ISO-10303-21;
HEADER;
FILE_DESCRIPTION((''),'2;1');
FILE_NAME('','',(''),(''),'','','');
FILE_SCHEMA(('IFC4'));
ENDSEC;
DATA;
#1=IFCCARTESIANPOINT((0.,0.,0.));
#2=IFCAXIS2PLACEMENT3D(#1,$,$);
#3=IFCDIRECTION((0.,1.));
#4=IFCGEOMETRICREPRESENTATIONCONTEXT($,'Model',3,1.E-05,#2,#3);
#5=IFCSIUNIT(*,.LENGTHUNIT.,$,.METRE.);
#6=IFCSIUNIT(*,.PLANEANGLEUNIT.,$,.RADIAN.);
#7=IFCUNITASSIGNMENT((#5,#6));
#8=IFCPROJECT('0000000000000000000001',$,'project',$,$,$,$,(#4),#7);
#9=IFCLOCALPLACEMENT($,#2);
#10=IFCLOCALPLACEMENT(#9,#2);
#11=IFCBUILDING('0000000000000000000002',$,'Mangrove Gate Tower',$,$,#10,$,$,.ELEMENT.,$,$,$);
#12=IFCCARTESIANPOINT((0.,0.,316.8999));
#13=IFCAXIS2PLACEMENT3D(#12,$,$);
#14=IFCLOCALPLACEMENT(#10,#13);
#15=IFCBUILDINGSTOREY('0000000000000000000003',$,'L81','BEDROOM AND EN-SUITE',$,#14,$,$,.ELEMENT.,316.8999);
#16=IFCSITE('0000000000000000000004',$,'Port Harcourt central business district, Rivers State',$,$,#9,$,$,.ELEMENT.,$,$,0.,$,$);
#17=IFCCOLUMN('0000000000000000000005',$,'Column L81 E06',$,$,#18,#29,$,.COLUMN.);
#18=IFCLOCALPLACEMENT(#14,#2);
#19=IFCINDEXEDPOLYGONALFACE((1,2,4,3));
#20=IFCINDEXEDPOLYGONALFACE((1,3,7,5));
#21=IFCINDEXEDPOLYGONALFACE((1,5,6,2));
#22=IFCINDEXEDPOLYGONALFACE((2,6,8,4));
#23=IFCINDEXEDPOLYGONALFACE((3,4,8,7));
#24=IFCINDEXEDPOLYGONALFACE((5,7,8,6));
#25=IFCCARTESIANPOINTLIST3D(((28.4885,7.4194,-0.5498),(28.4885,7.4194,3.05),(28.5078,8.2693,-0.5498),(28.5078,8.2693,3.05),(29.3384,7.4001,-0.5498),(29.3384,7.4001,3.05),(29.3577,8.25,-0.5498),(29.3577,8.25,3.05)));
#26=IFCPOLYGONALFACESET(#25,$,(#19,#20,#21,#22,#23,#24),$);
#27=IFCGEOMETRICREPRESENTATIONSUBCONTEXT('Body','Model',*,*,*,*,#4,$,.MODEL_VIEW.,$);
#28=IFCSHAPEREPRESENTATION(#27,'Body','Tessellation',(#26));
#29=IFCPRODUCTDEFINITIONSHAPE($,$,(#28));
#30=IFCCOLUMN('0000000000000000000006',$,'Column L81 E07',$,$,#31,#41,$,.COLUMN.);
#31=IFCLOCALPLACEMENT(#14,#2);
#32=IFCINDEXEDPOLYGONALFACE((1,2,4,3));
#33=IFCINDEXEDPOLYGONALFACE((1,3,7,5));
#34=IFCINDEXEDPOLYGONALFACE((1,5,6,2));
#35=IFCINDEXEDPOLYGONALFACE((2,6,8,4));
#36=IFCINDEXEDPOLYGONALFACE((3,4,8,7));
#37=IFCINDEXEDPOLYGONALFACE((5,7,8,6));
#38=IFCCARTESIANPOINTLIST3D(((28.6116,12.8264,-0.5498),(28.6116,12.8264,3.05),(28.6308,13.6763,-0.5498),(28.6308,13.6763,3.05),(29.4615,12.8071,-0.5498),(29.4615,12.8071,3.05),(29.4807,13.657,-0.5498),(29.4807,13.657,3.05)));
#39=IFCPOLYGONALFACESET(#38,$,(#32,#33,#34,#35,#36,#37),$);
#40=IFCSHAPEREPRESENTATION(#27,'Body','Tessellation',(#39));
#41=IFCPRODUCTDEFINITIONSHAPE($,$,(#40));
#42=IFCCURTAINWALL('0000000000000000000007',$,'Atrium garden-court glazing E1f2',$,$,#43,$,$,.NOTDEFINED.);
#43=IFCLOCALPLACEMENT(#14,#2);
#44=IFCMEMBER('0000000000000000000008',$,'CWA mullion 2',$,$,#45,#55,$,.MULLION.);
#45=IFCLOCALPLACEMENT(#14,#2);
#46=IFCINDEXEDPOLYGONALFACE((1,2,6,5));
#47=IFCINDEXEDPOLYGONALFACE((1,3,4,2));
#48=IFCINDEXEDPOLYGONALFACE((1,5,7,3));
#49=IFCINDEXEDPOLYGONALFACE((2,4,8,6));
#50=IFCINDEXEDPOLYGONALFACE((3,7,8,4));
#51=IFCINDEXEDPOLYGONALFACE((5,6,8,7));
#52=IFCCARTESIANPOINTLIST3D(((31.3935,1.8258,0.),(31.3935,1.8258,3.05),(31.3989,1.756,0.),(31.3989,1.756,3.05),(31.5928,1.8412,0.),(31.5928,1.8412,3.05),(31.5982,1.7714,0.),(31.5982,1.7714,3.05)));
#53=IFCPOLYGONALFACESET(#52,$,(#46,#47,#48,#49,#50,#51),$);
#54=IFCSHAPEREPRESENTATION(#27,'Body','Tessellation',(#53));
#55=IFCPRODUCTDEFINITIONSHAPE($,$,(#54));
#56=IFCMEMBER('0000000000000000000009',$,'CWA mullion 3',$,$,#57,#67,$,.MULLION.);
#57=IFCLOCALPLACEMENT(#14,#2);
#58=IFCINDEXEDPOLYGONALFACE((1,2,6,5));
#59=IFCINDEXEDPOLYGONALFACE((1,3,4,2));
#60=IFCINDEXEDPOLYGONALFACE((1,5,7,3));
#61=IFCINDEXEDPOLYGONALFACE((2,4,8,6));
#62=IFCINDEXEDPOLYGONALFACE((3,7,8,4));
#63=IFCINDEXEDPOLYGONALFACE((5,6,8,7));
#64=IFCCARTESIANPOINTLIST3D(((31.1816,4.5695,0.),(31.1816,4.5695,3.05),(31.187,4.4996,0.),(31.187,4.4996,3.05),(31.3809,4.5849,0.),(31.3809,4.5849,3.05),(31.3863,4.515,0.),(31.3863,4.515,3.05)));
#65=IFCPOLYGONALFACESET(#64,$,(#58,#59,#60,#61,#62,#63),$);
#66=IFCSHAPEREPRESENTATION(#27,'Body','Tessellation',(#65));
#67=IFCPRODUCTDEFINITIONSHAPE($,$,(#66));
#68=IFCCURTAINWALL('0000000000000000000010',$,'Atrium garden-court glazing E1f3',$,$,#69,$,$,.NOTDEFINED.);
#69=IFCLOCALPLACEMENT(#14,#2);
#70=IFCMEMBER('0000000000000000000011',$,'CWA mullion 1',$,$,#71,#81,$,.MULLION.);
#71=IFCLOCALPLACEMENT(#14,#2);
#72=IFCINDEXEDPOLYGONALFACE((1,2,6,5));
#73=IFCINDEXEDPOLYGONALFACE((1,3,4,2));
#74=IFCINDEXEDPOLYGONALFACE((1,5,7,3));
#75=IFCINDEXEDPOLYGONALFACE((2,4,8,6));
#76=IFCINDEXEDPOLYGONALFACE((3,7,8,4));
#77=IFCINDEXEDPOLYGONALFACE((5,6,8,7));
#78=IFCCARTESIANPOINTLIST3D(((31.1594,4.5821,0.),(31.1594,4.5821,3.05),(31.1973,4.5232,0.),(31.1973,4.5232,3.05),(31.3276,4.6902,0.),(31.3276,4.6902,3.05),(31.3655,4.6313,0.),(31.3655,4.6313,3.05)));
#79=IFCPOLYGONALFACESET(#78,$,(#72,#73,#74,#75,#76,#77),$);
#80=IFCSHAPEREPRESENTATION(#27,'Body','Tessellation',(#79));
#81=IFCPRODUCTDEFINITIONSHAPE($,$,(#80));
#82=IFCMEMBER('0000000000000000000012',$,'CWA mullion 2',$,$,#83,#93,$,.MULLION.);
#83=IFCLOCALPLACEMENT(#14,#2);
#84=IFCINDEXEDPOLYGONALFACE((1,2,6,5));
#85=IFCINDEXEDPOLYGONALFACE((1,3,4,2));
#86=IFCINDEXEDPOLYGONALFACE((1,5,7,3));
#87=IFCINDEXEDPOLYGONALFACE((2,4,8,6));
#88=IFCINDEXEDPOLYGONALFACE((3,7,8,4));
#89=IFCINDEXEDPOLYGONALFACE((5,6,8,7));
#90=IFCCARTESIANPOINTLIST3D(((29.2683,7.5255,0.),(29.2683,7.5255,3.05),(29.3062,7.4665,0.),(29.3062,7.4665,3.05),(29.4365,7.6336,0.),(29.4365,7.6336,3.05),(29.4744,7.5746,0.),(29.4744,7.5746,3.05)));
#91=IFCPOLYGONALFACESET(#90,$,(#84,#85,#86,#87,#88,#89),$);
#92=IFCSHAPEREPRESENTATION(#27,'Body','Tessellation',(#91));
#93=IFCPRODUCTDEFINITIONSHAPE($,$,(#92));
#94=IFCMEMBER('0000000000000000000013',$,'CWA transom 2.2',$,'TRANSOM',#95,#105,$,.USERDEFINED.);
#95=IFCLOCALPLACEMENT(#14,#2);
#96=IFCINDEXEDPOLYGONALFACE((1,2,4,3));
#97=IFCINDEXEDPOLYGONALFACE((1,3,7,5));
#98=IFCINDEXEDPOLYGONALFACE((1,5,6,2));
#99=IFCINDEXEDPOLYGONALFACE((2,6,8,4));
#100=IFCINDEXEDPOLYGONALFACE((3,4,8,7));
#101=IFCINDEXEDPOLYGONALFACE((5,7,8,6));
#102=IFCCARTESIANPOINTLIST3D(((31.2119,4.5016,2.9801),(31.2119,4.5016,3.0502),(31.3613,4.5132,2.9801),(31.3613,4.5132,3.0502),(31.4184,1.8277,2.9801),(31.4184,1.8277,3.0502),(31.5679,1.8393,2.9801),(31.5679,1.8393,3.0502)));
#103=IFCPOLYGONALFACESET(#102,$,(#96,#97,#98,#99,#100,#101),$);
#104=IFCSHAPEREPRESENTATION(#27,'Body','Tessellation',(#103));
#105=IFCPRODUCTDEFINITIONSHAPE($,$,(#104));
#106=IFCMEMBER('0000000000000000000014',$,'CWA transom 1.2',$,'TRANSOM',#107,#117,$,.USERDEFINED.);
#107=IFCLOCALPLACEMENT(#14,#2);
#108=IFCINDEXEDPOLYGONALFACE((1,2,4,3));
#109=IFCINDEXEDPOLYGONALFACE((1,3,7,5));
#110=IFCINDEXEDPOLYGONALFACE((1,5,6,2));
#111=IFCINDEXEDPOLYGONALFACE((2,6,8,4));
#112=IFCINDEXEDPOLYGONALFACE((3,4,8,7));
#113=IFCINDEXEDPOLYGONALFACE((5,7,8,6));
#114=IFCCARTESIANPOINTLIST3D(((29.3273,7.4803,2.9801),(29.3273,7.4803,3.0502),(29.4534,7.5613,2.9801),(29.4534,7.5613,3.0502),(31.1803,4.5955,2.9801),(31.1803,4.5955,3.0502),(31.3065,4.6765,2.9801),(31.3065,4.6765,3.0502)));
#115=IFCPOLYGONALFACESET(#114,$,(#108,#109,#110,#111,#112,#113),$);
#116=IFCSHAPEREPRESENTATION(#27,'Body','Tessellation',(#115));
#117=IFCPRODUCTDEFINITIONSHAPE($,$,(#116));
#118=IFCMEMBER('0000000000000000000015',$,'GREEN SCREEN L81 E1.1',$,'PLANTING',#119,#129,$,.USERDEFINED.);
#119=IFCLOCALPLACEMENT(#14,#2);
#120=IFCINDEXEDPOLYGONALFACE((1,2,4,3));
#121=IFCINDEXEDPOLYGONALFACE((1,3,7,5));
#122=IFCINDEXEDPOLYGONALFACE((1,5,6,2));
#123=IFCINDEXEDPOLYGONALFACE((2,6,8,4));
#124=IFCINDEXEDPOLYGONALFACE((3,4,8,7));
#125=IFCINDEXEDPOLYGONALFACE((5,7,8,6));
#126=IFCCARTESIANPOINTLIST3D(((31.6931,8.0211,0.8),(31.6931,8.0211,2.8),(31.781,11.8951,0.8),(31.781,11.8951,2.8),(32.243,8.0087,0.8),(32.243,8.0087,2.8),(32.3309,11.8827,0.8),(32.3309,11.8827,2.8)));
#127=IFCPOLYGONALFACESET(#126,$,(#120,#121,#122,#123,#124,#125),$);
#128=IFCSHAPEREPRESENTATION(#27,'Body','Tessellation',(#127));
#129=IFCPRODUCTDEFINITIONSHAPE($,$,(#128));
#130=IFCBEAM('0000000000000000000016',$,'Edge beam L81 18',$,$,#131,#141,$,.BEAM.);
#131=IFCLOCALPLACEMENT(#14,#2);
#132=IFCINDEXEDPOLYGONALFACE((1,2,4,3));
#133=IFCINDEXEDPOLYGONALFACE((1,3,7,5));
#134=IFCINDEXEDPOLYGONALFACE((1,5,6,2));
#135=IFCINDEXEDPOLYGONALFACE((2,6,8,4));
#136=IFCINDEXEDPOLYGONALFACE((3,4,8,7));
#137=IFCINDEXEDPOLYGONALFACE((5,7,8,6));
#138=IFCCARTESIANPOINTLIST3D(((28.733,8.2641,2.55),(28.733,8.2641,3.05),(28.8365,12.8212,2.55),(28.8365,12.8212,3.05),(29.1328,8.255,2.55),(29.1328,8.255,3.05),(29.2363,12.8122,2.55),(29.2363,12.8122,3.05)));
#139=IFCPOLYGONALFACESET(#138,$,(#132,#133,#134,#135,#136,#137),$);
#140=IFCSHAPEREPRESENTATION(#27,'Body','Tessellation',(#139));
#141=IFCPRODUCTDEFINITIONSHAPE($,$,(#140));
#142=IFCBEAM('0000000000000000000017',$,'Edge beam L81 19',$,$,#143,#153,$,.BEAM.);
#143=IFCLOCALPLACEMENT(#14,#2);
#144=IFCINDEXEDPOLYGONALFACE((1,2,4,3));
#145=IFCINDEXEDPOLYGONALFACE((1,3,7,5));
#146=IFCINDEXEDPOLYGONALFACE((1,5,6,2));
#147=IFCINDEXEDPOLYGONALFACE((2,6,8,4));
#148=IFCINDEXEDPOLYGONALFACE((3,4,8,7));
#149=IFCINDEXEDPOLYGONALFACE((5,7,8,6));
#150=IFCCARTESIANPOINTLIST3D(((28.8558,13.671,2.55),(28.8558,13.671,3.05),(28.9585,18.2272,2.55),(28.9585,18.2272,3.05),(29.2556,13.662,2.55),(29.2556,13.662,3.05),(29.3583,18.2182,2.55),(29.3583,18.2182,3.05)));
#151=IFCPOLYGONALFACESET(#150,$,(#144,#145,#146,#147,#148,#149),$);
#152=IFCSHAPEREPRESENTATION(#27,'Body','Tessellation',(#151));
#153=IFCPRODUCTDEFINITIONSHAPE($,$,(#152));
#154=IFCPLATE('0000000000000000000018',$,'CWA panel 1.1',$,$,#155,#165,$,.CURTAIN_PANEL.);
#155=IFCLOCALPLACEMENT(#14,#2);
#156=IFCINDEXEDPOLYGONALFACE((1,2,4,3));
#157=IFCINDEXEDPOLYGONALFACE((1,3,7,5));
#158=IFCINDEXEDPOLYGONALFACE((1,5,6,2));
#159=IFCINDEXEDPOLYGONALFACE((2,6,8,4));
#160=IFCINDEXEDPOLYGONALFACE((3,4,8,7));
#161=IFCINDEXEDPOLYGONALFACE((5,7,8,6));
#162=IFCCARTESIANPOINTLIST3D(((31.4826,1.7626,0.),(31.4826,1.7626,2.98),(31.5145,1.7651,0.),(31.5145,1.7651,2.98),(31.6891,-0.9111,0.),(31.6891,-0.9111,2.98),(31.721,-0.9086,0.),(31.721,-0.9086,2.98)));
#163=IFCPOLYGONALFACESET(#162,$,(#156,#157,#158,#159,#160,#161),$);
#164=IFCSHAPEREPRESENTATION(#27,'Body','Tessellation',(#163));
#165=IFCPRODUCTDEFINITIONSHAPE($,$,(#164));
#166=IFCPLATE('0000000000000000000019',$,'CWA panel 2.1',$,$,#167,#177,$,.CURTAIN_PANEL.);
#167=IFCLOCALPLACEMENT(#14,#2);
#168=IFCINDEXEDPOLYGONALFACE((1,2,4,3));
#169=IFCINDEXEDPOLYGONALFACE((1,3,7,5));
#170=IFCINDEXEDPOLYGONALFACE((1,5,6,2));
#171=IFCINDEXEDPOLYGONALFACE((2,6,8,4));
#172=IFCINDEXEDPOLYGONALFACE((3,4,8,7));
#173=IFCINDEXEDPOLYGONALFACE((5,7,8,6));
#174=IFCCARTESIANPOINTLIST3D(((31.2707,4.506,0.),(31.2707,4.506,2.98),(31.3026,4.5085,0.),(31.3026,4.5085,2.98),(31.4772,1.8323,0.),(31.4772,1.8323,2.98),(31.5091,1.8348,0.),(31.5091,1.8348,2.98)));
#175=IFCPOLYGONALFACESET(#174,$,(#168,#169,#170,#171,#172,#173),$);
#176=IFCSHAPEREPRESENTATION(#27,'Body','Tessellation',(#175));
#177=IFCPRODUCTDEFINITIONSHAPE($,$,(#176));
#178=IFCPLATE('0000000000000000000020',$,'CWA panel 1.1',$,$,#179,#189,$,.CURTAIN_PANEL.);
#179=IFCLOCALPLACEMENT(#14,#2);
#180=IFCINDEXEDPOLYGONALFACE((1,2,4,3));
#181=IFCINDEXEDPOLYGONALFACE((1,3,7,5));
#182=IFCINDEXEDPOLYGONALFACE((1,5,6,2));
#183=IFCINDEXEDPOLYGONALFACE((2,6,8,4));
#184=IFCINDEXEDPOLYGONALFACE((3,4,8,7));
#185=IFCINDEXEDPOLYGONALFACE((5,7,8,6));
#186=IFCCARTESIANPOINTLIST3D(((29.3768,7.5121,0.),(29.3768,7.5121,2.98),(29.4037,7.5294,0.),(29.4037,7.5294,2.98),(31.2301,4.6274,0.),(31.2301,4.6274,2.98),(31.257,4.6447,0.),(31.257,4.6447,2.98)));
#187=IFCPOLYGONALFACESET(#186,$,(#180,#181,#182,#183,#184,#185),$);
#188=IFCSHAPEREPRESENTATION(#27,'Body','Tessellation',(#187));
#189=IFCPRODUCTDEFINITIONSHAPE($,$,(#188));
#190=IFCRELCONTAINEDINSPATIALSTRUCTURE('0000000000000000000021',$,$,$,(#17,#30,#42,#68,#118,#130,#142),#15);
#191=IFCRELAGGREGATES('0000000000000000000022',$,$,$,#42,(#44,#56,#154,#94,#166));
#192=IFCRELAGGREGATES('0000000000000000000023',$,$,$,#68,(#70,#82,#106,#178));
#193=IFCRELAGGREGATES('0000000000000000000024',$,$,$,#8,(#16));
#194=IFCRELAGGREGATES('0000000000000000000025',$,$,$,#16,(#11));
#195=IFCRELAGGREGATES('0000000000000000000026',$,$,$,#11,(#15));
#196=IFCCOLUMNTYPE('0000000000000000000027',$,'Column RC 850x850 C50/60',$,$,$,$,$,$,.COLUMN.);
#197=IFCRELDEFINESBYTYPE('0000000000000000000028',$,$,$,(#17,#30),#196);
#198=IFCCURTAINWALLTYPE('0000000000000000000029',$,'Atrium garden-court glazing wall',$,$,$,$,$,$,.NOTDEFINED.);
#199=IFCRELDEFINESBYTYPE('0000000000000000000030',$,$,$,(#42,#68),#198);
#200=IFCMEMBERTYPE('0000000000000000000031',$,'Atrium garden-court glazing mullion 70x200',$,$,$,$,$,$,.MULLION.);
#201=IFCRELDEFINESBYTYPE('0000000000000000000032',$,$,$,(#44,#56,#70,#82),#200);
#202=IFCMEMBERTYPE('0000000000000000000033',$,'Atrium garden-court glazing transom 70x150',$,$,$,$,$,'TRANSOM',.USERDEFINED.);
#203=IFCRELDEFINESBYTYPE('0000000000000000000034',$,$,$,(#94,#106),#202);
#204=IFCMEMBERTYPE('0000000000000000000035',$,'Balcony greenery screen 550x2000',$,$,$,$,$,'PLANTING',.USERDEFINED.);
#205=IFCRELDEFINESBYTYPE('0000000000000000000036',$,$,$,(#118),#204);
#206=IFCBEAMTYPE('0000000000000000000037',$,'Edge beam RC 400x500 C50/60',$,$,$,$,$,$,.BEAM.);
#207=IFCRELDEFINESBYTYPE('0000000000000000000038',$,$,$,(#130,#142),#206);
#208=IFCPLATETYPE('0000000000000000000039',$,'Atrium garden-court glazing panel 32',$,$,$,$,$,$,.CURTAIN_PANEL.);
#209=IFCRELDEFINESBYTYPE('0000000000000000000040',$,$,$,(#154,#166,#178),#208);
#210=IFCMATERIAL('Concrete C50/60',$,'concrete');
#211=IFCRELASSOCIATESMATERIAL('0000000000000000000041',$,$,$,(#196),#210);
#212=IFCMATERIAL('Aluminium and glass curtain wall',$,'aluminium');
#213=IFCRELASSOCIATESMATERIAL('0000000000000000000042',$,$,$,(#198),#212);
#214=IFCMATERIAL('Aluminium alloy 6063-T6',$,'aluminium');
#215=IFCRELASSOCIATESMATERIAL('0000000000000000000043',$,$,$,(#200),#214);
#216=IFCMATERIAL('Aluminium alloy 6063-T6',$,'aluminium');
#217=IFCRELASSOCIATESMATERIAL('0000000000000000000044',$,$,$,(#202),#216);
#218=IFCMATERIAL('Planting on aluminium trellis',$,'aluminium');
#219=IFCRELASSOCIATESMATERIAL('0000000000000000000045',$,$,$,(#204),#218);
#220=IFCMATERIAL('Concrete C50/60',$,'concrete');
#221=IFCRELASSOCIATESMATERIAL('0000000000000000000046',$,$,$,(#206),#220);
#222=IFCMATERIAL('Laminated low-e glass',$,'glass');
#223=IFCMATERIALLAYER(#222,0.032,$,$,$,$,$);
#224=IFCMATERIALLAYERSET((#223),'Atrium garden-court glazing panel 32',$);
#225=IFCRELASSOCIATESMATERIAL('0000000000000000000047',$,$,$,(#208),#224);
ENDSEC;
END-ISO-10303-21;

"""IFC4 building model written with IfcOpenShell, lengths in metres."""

from ifc_helpers import new_model, si_unit, direction, frame, origin, origin_2d, place, context, subcontext, project, spatial, rectangle, extrude, material, layer, layer_set, material_profile, profile_set, type_object, element, aggregate, save


model = new_model("IFC4")

# Units and contexts
model_context = context("Model", 3, precision=1e-05, world=origin(), true_north=direction((0.0, 1.0)))
body_context = subcontext(model_context, "Body", "Model", "MODEL_VIEW")
ifc_project = project(units=[si_unit("LENGTHUNIT", "METRE"), si_unit("PLANEANGLEUNIT", "RADIAN")], contexts=[model_context])

# Site, building, storey
site_placement = place(None, origin())
site = spatial("IfcSite", under=ifc_project, at=site_placement, Name="Port Harcourt central business district, Rivers State", CompositionType="ELEMENT", RefElevation=0.0)
building_placement = place(site_placement, origin())
building = spatial("IfcBuilding", under=site, at=building_placement, Name="Mangrove Gate Tower", CompositionType="ELEMENT")
storey_placement = place(building_placement, frame((0.0, 0.0, 316.8999)))
storey = spatial("IfcBuildingStorey", under=building, at=storey_placement, Name="L81", Description="BEDROOM AND EN-SUITE", CompositionType="ELEMENT", Elevation=316.8999)

# Columns
ifc_material_1 = material(Name="Concrete C50/60", Category="concrete")
ifc_material_profile_1 = material_profile(ifc_material_1, rectangle(XDim=0.8501, YDim=0.8501, at=origin_2d()))
ifc_profile_set_1 = profile_set([ifc_material_profile_1], Name="Concrete C50/60")
column_type = type_object("IfcColumnType", Name="Column RC 850x850 C50/60", PredefinedType="COLUMN", material=ifc_profile_set_1)
for number, where, z_axis, x_axis, name in (
    (1, (28.9231, 7.8347, -0.5498), (0.0, 0.0, 1.0), (0.022705, 0.999742, 0.0), "Column L81 E06"),
    (2, (29.0461, 13.2417, -0.5498), (0.0, 0.0, 1.0), (0.022652, 0.999743, 0.0), "Column L81 E07"),
):
    element("IfcColumn", number, at=place(storey_placement, frame(where, z_axis=z_axis, x_axis=x_axis)), inside=storey, type_object=column_type, Name=name, PredefinedType="COLUMN", context=body_context, shape_type="SweptSolid", body=[
        extrude(rectangle(XDim=0.8501, YDim=0.8501, at=origin_2d()), origin(), (0.0, 0.0, 1.0), 3.5999),
    ])

# Curtain walls, members
ifc_material_2 = material(Name="Aluminium and glass curtain wall", Category="aluminium")
curtain_wall_type = type_object("IfcCurtainWallType", Name="Atrium garden-court glazing wall", PredefinedType="NOTDEFINED", material=ifc_material_2)
curtain_wall_1_placement = place(storey_placement, origin())
curtain_wall_1 = element("IfcCurtainWall", 3, at=curtain_wall_1_placement, inside=storey, type_object=curtain_wall_type, Name="Atrium garden-court glazing E1f2", PredefinedType="NOTDEFINED")
ifc_material_3 = material(Name="Aluminium alloy 6063-T6", Category="aluminium")
ifc_material_profile_2 = material_profile(ifc_material_3, rectangle(XDim=0.0701, YDim=0.2, at=origin_2d()))
ifc_profile_set_2 = profile_set([ifc_material_profile_2], Name="Aluminium alloy 6063-T6")
member_type_1 = type_object("IfcMemberType", Name="Atrium garden-court glazing mullion 70x200", PredefinedType="MULLION", material=ifc_profile_set_2)
member_1_placement = place(storey_placement, frame((31.4958, 1.7986, 0.0), z_axis=(0.0, 0.0, 1.0), x_axis=(-0.077023, 0.997029, 0.0)))
member_1 = element("IfcMember", 4, at=member_1_placement, type_object=member_type_1, Name="CWA mullion 2", PredefinedType="MULLION", context=body_context, shape_type="SweptSolid", body=[
    extrude(rectangle(XDim=0.0701, YDim=0.2, at=origin_2d()), origin(), (0.0, 0.0, 1.0), 3.05),
])
member_2_placement = place(storey_placement, frame((31.2839, 4.5422, 0.0), z_axis=(0.0, 0.0, 1.0), x_axis=(-0.077023, 0.997029, 0.0)))
member_2 = element("IfcMember", 5, at=member_2_placement, type_object=member_type_1, Name="CWA mullion 3", PredefinedType="MULLION", context=body_context, shape_type="SweptSolid", body=[
    extrude(rectangle(XDim=0.0701, YDim=0.2, at=origin_2d()), origin(), (0.0, 0.0, 1.0), 3.05),
])
curtain_wall_2_placement = place(storey_placement, origin())
curtain_wall_2 = element("IfcCurtainWall", 6, at=curtain_wall_2_placement, inside=storey, type_object=curtain_wall_type, Name="Atrium garden-court glazing E1f3", PredefinedType="NOTDEFINED")
member_3_placement = place(storey_placement, frame((31.2625, 4.6067, 0.0), z_axis=(0.0, 0.0, 1.0), x_axis=(-0.540512, 0.841336, 0.0)))
member_3 = element("IfcMember", 7, at=member_3_placement, type_object=member_type_1, Name="CWA mullion 1", PredefinedType="MULLION", context=body_context, shape_type="SweptSolid", body=[
    extrude(rectangle(XDim=0.0701, YDim=0.2, at=origin_2d()), origin(), (0.0, 0.0, 1.0), 3.05),
])
member_4_placement = place(storey_placement, frame((29.3713, 7.55, 0.0), z_axis=(0.0, 0.0, 1.0), x_axis=(-0.540512, 0.841336, 0.0)))
member_4 = element("IfcMember", 8, at=member_4_placement, type_object=member_type_1, Name="CWA mullion 2", PredefinedType="MULLION", context=body_context, shape_type="SweptSolid", body=[
    extrude(rectangle(XDim=0.0701, YDim=0.2, at=origin_2d()), origin(), (0.0, 0.0, 1.0), 3.05),
])

# Members
ifc_material_4 = material(Name="Aluminium alloy 6063-T6", Category="aluminium")
ifc_material_profile_3 = material_profile(ifc_material_4, rectangle(XDim=0.0701, YDim=0.1499, at=origin_2d()))
ifc_profile_set_3 = profile_set([ifc_material_profile_3], Name="Aluminium alloy 6063-T6")
member_type_2 = type_object("IfcMemberType", Name="Atrium garden-court glazing transom 70x150", ElementType="TRANSOM", PredefinedType="USERDEFINED", material=ifc_profile_set_3)
member_5_placement = place(storey_placement, frame((31.4932, 1.8335, 3.0151), z_axis=(-0.077017, 0.99703, 0.0), x_axis=(0.0, 0.0, 1.0)))
member_5 = element("IfcMember", 9, at=member_5_placement, type_object=member_type_2, Name="CWA transom 2.2", ObjectType="TRANSOM", PredefinedType="USERDEFINED", context=body_context, shape_type="SweptSolid", body=[
    extrude(rectangle(XDim=0.0701, YDim=0.1499, at=origin_2d()), origin(), (0.0, 0.0, 1.0), 2.6819),
])
member_6_placement = place(storey_placement, frame((31.2434, 4.636, 3.0151), z_axis=(-0.540455, 0.841373, 0.0), x_axis=(0.0, 0.0, 1.0)))
member_6 = element("IfcMember", 10, at=member_6_placement, type_object=member_type_2, Name="CWA transom 1.2", ObjectType="TRANSOM", PredefinedType="USERDEFINED", context=body_context, shape_type="SweptSolid", body=[
    extrude(rectangle(XDim=0.0701, YDim=0.1499, at=origin_2d()), origin(), (0.0, 0.0, 1.0), 3.4287),
])
ifc_material_5 = material(Name="Planting on aluminium trellis", Category="aluminium")
ifc_material_profile_4 = material_profile(ifc_material_5, rectangle(XDim=0.55, YDim=2.0, at=origin_2d()))
ifc_profile_set_4 = profile_set([ifc_material_profile_4], Name="Planting on aluminium trellis")
member_type_3 = type_object("IfcMemberType", Name="Balcony greenery screen 550x2000", ElementType="PLANTING", PredefinedType="USERDEFINED", material=ifc_profile_set_4)
member_7_placement = place(storey_placement, frame((31.968, 8.0149, 1.8), z_axis=(0.022681, 0.999743, 0.0), x_axis=(-0.999743, 0.022681, 0.0)))
element("IfcMember", 11, at=member_7_placement, inside=storey, type_object=member_type_3, Name="GREEN SCREEN L81 E1.1", ObjectType="PLANTING", PredefinedType="USERDEFINED", context=body_context, shape_type="SweptSolid", body=[
    extrude(rectangle(XDim=0.55, YDim=2.0, at=origin_2d()), origin(), (0.0, 0.0, 1.0), 3.875),
])

# Beams
ifc_material_6 = material(Name="Concrete C50/60", Category="concrete")
ifc_material_profile_5 = material_profile(ifc_material_6, rectangle(XDim=0.3999, YDim=0.5, at=origin_2d()))
ifc_profile_set_5 = profile_set([ifc_material_profile_5], Name="Concrete C50/60")
beam_type = type_object("IfcBeamType", Name="Edge beam RC 400x500 C50/60", PredefinedType="BEAM", material=ifc_profile_set_5)
beam_1_placement = place(storey_placement, frame((28.9329, 8.2595, 2.8), z_axis=(0.022709, 0.999742, 0.0), x_axis=(-0.999742, 0.022709, 0.0)))
element("IfcBeam", 12, at=beam_1_placement, inside=storey, type_object=beam_type, Name="Edge beam L81 18", PredefinedType="BEAM", context=body_context, shape_type="SweptSolid", body=[
    extrude(rectangle(XDim=0.3999, YDim=0.5, at=origin_2d()), origin(), (0.0, 0.0, 1.0), 4.5583),
])
beam_2_placement = place(storey_placement, frame((29.0557, 13.6665, 2.8), z_axis=(0.022553, 0.999746, 0.0), x_axis=(-0.999746, 0.022553, 0.0)))
element("IfcBeam", 13, at=beam_2_placement, inside=storey, type_object=beam_type, Name="Edge beam L81 19", PredefinedType="BEAM", context=body_context, shape_type="SweptSolid", body=[
    extrude(rectangle(XDim=0.3999, YDim=0.5, at=origin_2d()), origin(), (0.0, 0.0, 1.0), 4.5574),
])

# Plates
ifc_material_7 = material(Name="Laminated low-e glass", Category="glass")
ifc_layer_1 = layer(ifc_material_7, 0.032)
ifc_layer_set_1 = layer_set([ifc_layer_1], Name="Atrium garden-court glazing panel 32")
plate_type = type_object("IfcPlateType", Name="Atrium garden-court glazing panel 32", PredefinedType="CURTAIN_PANEL", material=ifc_layer_set_1)
plate_1_placement = place(storey_placement, frame((31.6018, 0.427, 0.0), z_axis=(0.0, 0.0, 1.0), x_axis=(-0.077023, 0.997029, 0.0)))
plate_1 = element("IfcPlate", 14, at=plate_1_placement, type_object=plate_type, Name="CWA panel 1.1", PredefinedType="CURTAIN_PANEL", context=body_context, shape_type="SweptSolid", body=[
    extrude(rectangle(XDim=2.6816, YDim=0.032, at=origin_2d()), origin(), (0.0, 0.0, 1.0), 2.98),
])
plate_2_placement = place(storey_placement, frame((31.3899, 3.1704, 0.0), z_axis=(0.0, 0.0, 1.0), x_axis=(-0.077023, 0.997029, 0.0)))
plate_2 = element("IfcPlate", 15, at=plate_2_placement, type_object=plate_type, Name="CWA panel 2.1", PredefinedType="CURTAIN_PANEL", context=body_context, shape_type="SweptSolid", body=[
    extrude(rectangle(XDim=2.6816, YDim=0.032, at=origin_2d()), origin(), (0.0, 0.0, 1.0), 2.98),
])
aggregate(curtain_wall_1, [member_1, member_2, plate_1, member_5, plate_2])
plate_3_placement = place(storey_placement, frame((30.3169, 6.0784, 0.0), z_axis=(0.0, 0.0, 1.0), x_axis=(-0.540512, 0.841336, 0.0)))
plate_3 = element("IfcPlate", 16, at=plate_3_placement, type_object=plate_type, Name="CWA panel 1.1", PredefinedType="CURTAIN_PANEL", context=body_context, shape_type="SweptSolid", body=[
    extrude(rectangle(XDim=3.4287, YDim=0.032, at=origin_2d()), origin(), (0.0, 0.0, 1.0), 2.98),
])
aggregate(curtain_wall_2, [member_3, member_4, member_6, plate_3])

save(model, "model.ifc")
